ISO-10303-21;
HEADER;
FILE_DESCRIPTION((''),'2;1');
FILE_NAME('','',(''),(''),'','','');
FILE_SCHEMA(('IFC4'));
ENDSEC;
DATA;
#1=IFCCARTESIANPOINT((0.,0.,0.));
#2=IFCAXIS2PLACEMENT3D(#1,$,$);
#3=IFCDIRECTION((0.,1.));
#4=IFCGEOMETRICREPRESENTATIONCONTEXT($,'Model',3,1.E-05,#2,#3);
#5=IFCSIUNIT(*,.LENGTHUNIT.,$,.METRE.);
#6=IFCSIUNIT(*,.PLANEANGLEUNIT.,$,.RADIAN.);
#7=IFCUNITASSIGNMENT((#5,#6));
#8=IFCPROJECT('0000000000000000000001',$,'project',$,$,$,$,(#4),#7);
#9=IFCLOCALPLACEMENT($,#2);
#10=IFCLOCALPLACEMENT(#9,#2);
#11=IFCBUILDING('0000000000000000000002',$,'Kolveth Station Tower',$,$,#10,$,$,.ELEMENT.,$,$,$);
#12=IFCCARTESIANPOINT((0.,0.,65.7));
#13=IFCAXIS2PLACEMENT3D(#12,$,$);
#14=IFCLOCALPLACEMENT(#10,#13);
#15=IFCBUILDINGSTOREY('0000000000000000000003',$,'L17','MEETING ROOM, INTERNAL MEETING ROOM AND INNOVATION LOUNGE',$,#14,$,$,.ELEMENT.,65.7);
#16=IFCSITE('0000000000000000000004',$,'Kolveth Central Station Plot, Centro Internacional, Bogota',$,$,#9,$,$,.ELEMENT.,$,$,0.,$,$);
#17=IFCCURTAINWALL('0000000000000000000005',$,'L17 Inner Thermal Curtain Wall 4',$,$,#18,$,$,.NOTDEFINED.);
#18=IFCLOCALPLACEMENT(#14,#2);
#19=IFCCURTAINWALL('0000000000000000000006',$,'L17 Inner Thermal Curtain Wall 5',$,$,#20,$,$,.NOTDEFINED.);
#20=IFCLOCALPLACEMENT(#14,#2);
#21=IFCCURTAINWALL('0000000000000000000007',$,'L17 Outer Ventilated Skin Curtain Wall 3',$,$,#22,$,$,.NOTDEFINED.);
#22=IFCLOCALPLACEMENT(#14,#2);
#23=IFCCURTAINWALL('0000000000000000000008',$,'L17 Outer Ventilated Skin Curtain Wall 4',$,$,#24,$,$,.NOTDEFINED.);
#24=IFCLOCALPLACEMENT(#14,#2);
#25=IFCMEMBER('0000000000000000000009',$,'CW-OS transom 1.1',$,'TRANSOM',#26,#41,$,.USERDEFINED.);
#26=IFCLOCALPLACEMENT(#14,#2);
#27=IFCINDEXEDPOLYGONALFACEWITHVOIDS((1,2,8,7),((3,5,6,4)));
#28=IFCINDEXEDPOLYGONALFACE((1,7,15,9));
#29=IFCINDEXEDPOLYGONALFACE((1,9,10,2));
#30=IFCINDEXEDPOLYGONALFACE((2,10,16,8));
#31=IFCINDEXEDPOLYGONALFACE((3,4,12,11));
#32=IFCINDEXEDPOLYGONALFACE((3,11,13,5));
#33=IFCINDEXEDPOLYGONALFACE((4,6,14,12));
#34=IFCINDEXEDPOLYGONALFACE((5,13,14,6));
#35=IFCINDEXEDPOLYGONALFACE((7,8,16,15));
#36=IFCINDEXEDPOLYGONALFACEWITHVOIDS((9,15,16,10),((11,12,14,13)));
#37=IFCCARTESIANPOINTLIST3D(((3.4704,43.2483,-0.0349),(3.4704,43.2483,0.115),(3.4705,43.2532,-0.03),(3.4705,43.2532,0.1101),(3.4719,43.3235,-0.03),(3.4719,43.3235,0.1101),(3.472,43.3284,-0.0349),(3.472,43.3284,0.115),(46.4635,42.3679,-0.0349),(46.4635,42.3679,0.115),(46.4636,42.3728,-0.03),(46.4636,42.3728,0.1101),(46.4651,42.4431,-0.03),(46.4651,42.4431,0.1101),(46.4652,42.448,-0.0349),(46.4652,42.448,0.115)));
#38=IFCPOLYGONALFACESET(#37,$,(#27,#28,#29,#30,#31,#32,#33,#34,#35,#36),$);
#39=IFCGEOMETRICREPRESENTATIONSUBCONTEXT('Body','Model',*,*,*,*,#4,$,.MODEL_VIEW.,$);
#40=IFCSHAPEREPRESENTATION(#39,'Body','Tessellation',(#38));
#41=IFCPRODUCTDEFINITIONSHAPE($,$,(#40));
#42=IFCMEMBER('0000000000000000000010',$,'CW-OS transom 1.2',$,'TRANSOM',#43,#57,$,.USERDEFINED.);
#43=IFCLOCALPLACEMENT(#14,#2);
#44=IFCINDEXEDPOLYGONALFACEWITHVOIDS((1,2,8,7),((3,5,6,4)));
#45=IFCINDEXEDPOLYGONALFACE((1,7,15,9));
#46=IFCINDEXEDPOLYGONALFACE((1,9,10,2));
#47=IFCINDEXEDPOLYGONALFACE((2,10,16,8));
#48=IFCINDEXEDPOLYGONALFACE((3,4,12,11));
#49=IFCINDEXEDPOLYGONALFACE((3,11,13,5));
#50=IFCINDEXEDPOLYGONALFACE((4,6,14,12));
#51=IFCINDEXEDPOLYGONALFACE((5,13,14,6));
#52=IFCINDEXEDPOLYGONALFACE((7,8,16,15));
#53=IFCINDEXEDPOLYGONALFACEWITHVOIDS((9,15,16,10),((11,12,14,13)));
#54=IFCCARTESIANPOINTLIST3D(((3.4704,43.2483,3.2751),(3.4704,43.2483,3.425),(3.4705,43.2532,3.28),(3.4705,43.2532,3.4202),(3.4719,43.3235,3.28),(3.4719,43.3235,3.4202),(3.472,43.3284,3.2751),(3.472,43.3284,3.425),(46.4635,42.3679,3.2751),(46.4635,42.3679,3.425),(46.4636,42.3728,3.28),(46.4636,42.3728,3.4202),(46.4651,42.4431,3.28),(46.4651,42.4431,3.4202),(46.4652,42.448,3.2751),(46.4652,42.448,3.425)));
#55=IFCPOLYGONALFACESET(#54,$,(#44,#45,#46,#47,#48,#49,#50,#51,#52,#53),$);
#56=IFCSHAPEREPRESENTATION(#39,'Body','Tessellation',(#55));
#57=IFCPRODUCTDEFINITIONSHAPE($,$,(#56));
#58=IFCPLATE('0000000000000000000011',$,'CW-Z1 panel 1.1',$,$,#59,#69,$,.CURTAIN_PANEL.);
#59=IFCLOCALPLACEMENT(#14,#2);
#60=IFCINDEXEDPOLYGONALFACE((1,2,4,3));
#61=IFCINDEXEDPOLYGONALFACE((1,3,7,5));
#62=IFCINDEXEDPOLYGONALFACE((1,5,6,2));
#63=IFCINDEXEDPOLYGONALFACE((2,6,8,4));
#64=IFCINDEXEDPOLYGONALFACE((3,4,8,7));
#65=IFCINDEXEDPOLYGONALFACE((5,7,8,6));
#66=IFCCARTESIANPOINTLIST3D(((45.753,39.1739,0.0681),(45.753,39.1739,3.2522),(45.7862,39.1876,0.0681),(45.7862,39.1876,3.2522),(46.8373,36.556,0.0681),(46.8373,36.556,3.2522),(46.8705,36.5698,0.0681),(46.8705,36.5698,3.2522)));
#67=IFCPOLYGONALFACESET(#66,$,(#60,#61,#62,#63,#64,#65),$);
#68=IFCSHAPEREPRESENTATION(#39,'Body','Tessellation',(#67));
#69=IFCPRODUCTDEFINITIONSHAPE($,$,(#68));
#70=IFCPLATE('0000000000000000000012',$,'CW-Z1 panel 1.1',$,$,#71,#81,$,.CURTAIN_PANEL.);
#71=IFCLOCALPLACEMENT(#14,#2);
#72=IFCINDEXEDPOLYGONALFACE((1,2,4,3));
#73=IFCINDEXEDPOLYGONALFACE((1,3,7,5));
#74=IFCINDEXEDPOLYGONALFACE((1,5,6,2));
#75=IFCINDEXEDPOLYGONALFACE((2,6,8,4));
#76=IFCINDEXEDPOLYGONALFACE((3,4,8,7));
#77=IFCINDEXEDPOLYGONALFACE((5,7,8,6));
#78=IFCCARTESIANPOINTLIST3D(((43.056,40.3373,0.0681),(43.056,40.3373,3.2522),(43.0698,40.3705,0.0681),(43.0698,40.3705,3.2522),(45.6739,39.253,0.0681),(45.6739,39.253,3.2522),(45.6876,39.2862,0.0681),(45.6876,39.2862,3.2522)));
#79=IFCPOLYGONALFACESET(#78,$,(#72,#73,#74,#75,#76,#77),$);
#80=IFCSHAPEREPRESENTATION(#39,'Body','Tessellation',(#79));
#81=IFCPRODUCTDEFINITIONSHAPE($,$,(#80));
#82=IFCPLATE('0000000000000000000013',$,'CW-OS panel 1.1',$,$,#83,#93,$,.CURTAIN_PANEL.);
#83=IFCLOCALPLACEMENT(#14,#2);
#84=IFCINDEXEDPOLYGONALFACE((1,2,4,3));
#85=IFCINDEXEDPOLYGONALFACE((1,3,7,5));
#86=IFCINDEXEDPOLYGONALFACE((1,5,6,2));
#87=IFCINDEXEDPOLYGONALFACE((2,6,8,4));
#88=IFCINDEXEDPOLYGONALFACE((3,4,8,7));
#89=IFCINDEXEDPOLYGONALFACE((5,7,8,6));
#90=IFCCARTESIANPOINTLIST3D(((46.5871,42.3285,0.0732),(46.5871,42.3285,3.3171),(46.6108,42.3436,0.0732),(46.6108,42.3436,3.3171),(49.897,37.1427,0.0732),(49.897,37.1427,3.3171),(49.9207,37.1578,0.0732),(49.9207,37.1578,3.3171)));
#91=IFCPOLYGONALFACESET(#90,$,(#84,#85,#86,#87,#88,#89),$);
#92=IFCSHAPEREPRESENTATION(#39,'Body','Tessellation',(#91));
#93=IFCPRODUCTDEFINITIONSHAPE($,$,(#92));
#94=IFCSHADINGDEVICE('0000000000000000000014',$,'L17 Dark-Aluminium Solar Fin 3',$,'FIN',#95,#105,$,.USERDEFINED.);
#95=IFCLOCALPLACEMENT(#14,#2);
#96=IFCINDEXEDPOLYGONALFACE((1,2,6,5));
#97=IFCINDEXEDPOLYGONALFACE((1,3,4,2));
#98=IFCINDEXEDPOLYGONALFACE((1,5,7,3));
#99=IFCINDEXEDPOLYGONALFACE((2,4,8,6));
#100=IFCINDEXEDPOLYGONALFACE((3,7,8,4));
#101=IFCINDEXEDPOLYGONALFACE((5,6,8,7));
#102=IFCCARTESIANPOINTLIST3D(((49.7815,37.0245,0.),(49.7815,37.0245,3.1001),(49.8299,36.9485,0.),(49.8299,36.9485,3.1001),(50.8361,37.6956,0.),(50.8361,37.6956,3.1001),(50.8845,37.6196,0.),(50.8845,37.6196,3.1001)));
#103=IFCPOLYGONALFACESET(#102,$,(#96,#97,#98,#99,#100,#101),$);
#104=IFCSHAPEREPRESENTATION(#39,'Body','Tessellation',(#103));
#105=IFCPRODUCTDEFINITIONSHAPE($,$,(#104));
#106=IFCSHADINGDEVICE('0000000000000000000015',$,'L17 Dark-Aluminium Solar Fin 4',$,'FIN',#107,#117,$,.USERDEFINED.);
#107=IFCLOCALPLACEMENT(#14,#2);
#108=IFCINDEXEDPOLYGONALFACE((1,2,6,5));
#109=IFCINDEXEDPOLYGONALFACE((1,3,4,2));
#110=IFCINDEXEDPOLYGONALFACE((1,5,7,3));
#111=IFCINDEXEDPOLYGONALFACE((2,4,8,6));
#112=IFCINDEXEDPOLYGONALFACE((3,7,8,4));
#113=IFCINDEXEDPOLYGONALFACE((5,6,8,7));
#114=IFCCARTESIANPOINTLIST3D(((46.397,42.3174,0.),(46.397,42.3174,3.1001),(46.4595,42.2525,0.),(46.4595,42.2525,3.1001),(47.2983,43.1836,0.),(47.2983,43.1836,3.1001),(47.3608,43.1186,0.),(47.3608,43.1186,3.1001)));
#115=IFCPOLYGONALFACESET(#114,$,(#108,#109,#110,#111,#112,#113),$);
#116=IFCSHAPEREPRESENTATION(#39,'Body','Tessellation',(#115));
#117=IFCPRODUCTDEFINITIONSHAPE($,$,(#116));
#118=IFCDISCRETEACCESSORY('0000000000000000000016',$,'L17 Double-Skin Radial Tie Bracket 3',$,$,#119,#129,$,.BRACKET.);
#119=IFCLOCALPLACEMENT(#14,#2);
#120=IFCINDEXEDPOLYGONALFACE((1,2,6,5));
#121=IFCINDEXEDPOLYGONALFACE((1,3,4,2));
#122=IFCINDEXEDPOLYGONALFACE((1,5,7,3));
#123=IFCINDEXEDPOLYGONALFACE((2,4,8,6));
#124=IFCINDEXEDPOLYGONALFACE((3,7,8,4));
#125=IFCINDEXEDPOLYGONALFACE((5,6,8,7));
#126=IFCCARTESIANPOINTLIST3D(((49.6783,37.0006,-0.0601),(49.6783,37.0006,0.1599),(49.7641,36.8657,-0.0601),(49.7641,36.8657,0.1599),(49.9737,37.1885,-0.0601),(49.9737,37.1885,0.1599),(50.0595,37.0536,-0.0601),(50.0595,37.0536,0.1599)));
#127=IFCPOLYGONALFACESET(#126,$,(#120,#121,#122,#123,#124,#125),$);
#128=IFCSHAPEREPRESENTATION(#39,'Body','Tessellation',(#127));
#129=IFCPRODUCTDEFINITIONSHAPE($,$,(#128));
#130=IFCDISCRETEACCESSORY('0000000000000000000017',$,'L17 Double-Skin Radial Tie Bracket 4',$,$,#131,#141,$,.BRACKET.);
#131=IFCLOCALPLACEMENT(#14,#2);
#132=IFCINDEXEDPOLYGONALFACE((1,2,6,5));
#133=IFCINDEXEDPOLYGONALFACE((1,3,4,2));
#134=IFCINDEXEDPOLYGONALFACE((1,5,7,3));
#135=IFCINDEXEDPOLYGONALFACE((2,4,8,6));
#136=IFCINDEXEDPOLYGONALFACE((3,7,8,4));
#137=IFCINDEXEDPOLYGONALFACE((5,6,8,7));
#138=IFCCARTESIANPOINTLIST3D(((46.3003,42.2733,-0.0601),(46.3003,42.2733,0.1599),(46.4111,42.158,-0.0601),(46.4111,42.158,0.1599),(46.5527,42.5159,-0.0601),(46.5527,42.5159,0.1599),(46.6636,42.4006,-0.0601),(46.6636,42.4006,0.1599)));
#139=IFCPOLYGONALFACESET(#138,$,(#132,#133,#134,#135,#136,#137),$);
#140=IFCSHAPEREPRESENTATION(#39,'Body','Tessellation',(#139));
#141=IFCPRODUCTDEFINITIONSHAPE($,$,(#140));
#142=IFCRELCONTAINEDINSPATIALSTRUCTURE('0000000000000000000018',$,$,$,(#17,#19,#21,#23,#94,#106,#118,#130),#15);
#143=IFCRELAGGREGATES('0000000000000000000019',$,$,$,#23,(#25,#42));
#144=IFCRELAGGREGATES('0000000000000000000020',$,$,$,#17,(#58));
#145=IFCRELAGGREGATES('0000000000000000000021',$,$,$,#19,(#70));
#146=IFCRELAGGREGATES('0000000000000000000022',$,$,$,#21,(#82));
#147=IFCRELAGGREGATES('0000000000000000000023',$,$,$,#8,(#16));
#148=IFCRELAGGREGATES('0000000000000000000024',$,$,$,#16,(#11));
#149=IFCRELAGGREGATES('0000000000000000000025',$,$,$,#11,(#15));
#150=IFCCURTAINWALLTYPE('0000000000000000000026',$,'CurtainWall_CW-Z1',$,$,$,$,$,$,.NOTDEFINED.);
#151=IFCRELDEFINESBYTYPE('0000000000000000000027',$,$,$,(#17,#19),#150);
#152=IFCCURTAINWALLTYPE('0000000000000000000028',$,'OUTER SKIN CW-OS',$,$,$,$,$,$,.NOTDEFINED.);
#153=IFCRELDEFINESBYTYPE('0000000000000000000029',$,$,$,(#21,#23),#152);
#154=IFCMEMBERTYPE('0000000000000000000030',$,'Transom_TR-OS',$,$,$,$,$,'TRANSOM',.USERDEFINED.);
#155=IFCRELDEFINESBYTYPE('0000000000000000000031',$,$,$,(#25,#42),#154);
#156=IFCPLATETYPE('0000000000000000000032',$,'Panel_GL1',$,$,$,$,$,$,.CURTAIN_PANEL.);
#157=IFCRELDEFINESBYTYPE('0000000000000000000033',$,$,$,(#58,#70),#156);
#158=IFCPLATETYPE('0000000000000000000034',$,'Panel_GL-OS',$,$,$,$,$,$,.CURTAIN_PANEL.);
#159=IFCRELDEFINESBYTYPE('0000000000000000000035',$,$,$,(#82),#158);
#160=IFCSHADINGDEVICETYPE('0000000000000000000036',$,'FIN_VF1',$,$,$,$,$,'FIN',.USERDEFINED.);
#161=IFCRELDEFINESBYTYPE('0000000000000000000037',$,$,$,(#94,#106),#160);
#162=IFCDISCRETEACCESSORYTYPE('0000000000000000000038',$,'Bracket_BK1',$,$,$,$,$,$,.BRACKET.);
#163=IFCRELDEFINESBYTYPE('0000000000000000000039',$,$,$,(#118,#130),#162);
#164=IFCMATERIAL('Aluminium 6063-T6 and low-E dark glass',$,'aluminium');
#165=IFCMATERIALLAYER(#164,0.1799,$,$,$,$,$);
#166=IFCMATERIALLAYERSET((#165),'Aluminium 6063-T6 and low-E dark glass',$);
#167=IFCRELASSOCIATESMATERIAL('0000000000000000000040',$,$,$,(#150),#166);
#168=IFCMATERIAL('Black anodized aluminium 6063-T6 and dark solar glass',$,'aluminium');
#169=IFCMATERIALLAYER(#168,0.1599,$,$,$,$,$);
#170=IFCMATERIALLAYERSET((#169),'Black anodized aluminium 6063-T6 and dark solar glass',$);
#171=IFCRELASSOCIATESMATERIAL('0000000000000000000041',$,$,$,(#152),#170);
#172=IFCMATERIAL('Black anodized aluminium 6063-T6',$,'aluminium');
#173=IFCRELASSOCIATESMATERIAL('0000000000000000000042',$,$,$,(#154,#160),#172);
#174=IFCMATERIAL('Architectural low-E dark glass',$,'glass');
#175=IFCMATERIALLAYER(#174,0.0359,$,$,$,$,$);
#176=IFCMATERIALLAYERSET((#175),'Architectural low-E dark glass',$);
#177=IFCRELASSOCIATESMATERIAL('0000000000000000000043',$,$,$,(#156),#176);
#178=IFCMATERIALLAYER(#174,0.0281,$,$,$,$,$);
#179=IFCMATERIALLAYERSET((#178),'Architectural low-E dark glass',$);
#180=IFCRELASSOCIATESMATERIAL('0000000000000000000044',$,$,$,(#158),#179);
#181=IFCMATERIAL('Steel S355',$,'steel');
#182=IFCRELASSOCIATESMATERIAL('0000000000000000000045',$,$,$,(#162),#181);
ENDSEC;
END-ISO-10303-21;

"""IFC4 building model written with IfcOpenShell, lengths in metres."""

from ifc_helpers import new_model, si_unit, direction, frame, origin, origin_2d, place, context, subcontext, project, spatial, rectangle, hollow_rectangle, extrude, source, transform, mapped, material, layer, layer_set, material_profile, profile_set, type_object, element, aggregate, save


model = new_model("IFC4")

# Units and contexts
model_context = context("Model", 3, precision=1e-05, world=origin(), true_north=direction((0.0, 1.0)))
body_context = subcontext(model_context, "Body", "Model", "MODEL_VIEW")
ifc_project = project(units=[si_unit("LENGTHUNIT", "METRE"), si_unit("PLANEANGLEUNIT", "RADIAN")], contexts=[model_context])

# Site, building, storey
site_placement = place(None, origin())
site = spatial("IfcSite", under=ifc_project, at=site_placement, Name="Kolveth Central Station Plot, Centro Internacional, Bogota", CompositionType="ELEMENT", RefElevation=0.0)
building_placement = place(site_placement, origin())
building = spatial("IfcBuilding", under=site, at=building_placement, Name="Kolveth Station Tower", CompositionType="ELEMENT")
storey_placement = place(building_placement, frame((0.0, 0.0, 65.7)))
storey = spatial("IfcBuildingStorey", under=building, at=storey_placement, Name="L17", Description="MEETING ROOM, INTERNAL MEETING ROOM AND INNOVATION LOUNGE", CompositionType="ELEMENT", Elevation=65.7)

# Shared definitions
ifc_material_1 = material(Name="Steel S355", Category="steel")

# Curtain wall
ifc_material_2 = material(Name="Aluminium 6063-T6 and low-E dark glass", Category="aluminium")
ifc_layer_1 = layer(ifc_material_2, 0.1799)
ifc_layer_set_1 = layer_set([ifc_layer_1], Name="Aluminium 6063-T6 and low-E dark glass")
curtain_wall_type_1 = type_object("IfcCurtainWallType", Name="CurtainWall_CW-Z1", PredefinedType="NOTDEFINED", material=ifc_layer_set_1)
curtain_wall_1_placement = place(storey_placement, origin())
curtain_wall_1 = element("IfcCurtainWall", 1, at=curtain_wall_1_placement, inside=storey, type_object=curtain_wall_type_1, Name="L17 Inner Thermal Curtain Wall 4", PredefinedType="NOTDEFINED")
ifc_material_3 = material(Name="Black anodized aluminium 6063-T6", Category="aluminium")

# Curtain wall
curtain_wall_2_placement = place(storey_placement, origin())
curtain_wall_2 = element("IfcCurtainWall", 2, at=curtain_wall_2_placement, inside=storey, type_object=curtain_wall_type_1, Name="L17 Inner Thermal Curtain Wall 5", PredefinedType="NOTDEFINED")

# Shared definitions
ifc_material_4 = material(Name="Black anodized aluminium 6063-T6 and dark solar glass", Category="aluminium")
ifc_layer_2 = layer(ifc_material_4, 0.1599)
ifc_layer_set_2 = layer_set([ifc_layer_2], Name="Black anodized aluminium 6063-T6 and dark solar glass")
curtain_wall_type_2 = type_object("IfcCurtainWallType", Name="OUTER SKIN CW-OS", PredefinedType="NOTDEFINED", material=ifc_layer_set_2)

# Curtain wall
curtain_wall_3_placement = place(storey_placement, origin())
curtain_wall_3 = element("IfcCurtainWall", 3, at=curtain_wall_3_placement, inside=storey, type_object=curtain_wall_type_2, Name="L17 Outer Ventilated Skin Curtain Wall 3", PredefinedType="NOTDEFINED")

# Curtain wall
curtain_wall_4_placement = place(storey_placement, origin())
curtain_wall_4 = element("IfcCurtainWall", 4, at=curtain_wall_4_placement, inside=storey, type_object=curtain_wall_type_2, Name="L17 Outer Ventilated Skin Curtain Wall 4", PredefinedType="NOTDEFINED")

# Members
ifc_material_profile_1 = material_profile(ifc_material_3, hollow_rectangle(XDim=0.0801, YDim=0.1499, WallThickness=0.0049, at=origin_2d()), Name="ALU-80x150x5")
ifc_profile_set_1 = profile_set([ifc_material_profile_1], Name="Black anodized aluminium 6063-T6")
member_type_1 = type_object("IfcMemberType", Name="Transom_TR-OS", ElementType="TRANSOM", PredefinedType="USERDEFINED", material=ifc_profile_set_1)
shared_shape_1 = source(origin(), body_context, "Body", "SweptSolid", [
    extrude(hollow_rectangle(XDim=0.0801, YDim=0.1499, WallThickness=0.0049, at=origin_2d()), origin(), (0.0, 0.0, 1.0), 43.0022),
])
member_1_placement = place(storey_placement, frame((46.4644, 42.408, 0.04), z_axis=(-0.99979, 0.020473, 0.0), x_axis=(-0.020473, -0.99979, 0.0)))
member_1 = element("IfcMember", 5, at=member_1_placement, type_object=member_type_1, Name="CW-OS transom 1.1", ObjectType="TRANSOM", PredefinedType="USERDEFINED", context=body_context, shape_type="MappedRepresentation", body=[
    mapped(shared_shape_1, transform((0.0, 0.0, 0.0), x_axis=(1.0, 0.0, 0.0), y_axis=(0.0, 1.0, 0.0), z_axis=(0.0, 0.0, 1.0), scale=1.0)),
])
member_2_placement = place(storey_placement, frame((46.4644, 42.408, 3.3501), z_axis=(-0.99979, 0.020473, 0.0), x_axis=(-0.020473, -0.99979, 0.0)))
member_2 = element("IfcMember", 6, at=member_2_placement, type_object=member_type_1, Name="CW-OS transom 1.2", ObjectType="TRANSOM", PredefinedType="USERDEFINED", context=body_context, shape_type="MappedRepresentation", body=[
    mapped(shared_shape_1, transform((0.0, 0.0, 0.0), x_axis=(1.0, 0.0, 0.0), y_axis=(0.0, 1.0, 0.0), z_axis=(0.0, 0.0, 1.0), scale=1.0)),
])
aggregate(curtain_wall_4, [member_1, member_2])

# Plates
ifc_material_5 = material(Name="Architectural low-E dark glass", Category="glass")
ifc_layer_3 = layer(ifc_material_5, 0.0359)
ifc_layer_set_3 = layer_set([ifc_layer_3], Name="Architectural low-E dark glass")
plate_type_1 = type_object("IfcPlateType", Name="Panel_GL1", PredefinedType="CURTAIN_PANEL", material=ifc_layer_set_3)
shared_shape_2 = source(origin(), body_context, "Body", "SweptSolid", [
    extrude(rectangle(XDim=2.8335, YDim=0.0359, at=origin_2d()), origin(), (0.0, 0.0, 1.0), 3.1841),
])
plate_1_placement = place(storey_placement, frame((46.3118, 37.8718, 0.0681), z_axis=(0.0, 0.0, 1.0), x_axis=(-0.382673, 0.923884, 0.0)))
plate_1 = element("IfcPlate", 7, at=plate_1_placement, type_object=plate_type_1, Name="CW-Z1 panel 1.1", PredefinedType="CURTAIN_PANEL", context=body_context, shape_type="MappedRepresentation", body=[
    mapped(shared_shape_2, transform((0.0, 0.0, 0.0), x_axis=(1.0, 0.0, 0.0), y_axis=(0.0, 1.0, 0.0), z_axis=(0.0, 0.0, 1.0), scale=1.0)),
])
aggregate(curtain_wall_1, [plate_1])
plate_2_placement = place(storey_placement, frame((44.3718, 39.8118, 0.0681), z_axis=(0.0, 0.0, 1.0), x_axis=(-0.923884, 0.382673, 0.0)))
plate_2 = element("IfcPlate", 8, at=plate_2_placement, type_object=plate_type_1, Name="CW-Z1 panel 1.1", PredefinedType="CURTAIN_PANEL", context=body_context, shape_type="MappedRepresentation", body=[
    mapped(shared_shape_2, transform((0.0, 0.0, 0.0), x_axis=(1.0, 0.0, 0.0), y_axis=(0.0, 1.0, 0.0), z_axis=(0.0, 0.0, 1.0), scale=1.0)),
])
aggregate(curtain_wall_2, [plate_2])
ifc_layer_4 = layer(ifc_material_5, 0.0281)
ifc_layer_set_4 = layer_set([ifc_layer_4], Name="Architectural low-E dark glass")
plate_type_2 = type_object("IfcPlateType", Name="Panel_GL-OS", PredefinedType="CURTAIN_PANEL", material=ifc_layer_set_4)
shared_shape_3 = source(origin(), body_context, "Body", "SweptSolid", [
    extrude(rectangle(XDim=6.1521, YDim=0.0281, at=origin_2d()), origin(), (0.0, 0.0, 1.0), 3.2439),
])
plate_3_placement = place(storey_placement, frame((48.2539, 39.7432, 0.0732), z_axis=(0.0, 0.0, 1.0), x_axis=(-0.538004, 0.842943, 0.0)))
plate_3 = element("IfcPlate", 9, at=plate_3_placement, type_object=plate_type_2, Name="CW-OS panel 1.1", PredefinedType="CURTAIN_PANEL", context=body_context, shape_type="MappedRepresentation", body=[
    mapped(shared_shape_3, transform((0.0, 0.0, 0.0), x_axis=(1.0, 0.0, 0.0), y_axis=(0.0, 1.0, 0.0), z_axis=(0.0, 0.0, 1.0), scale=1.0)),
])
aggregate(curtain_wall_3, [plate_3])

# Shading devices
shading_device_type = type_object("IfcShadingDeviceType", Name="FIN_VF1", ElementType="FIN", PredefinedType="USERDEFINED", material=ifc_material_3)
shared_shape_4 = source(origin(), body_context, "Body", "SweptSolid", [
    extrude(rectangle(XDim=1.25, YDim=0.0901, at=origin_2d()), origin(), (0.0, 0.0, 1.0), 3.1001),
])
for number, where, z_axis, x_axis, name in (
    (10, (50.333, 37.322, 0.0), (0.0, 0.0, 1.0), (0.843673, 0.536858, 0.0), "L17 Dark-Aluminium Solar Fin 3"),
    (11, (46.8789, 42.718, 0.0), (0.0, 0.0, 1.0), (0.721035, 0.692899, 0.0), "L17 Dark-Aluminium Solar Fin 4"),
):
    element("IfcShadingDevice", number, at=place(storey_placement, frame(where, z_axis=z_axis, x_axis=x_axis)), inside=storey, type_object=shading_device_type, Name=name, ObjectType="FIN", PredefinedType="USERDEFINED", context=body_context, shape_type="MappedRepresentation", body=[
        mapped(shared_shape_4, transform((0.0, 0.0, 0.0), x_axis=(1.0, 0.0, 0.0), y_axis=(0.0, 1.0, 0.0), z_axis=(0.0, 0.0, 1.0), scale=1.0)),
    ])

# Discrete accessories
discrete_accessory_type = type_object("IfcDiscreteAccessoryType", Name="Bracket_BK1", PredefinedType="BRACKET", material=ifc_material_1)
shared_shape_5 = source(origin(), body_context, "Body", "SweptSolid", [
    extrude(rectangle(XDim=0.3501, YDim=0.1599, at=origin_2d()), origin(), (0.0, 0.0, 1.0), 0.22),
])
for number, where, z_axis, x_axis, name in (
    (12, (49.8689, 37.0271, -0.0601), (0.0, 0.0, 1.0), (0.843673, 0.536858, 0.0), "L17 Double-Skin Radial Tie Bracket 3"),
    (13, (46.4819, 42.3369, -0.0601), (0.0, 0.0, 1.0), (0.721035, 0.692899, 0.0), "L17 Double-Skin Radial Tie Bracket 4"),
):
    element("IfcDiscreteAccessory", number, at=place(storey_placement, frame(where, z_axis=z_axis, x_axis=x_axis)), inside=storey, type_object=discrete_accessory_type, Name=name, PredefinedType="BRACKET", context=body_context, shape_type="MappedRepresentation", body=[
        mapped(shared_shape_5, transform((0.0, 0.0, 0.0), x_axis=(1.0, 0.0, 0.0), y_axis=(0.0, 1.0, 0.0), z_axis=(0.0, 0.0, 1.0), scale=1.0)),
    ])

save(model, "model.ifc")
